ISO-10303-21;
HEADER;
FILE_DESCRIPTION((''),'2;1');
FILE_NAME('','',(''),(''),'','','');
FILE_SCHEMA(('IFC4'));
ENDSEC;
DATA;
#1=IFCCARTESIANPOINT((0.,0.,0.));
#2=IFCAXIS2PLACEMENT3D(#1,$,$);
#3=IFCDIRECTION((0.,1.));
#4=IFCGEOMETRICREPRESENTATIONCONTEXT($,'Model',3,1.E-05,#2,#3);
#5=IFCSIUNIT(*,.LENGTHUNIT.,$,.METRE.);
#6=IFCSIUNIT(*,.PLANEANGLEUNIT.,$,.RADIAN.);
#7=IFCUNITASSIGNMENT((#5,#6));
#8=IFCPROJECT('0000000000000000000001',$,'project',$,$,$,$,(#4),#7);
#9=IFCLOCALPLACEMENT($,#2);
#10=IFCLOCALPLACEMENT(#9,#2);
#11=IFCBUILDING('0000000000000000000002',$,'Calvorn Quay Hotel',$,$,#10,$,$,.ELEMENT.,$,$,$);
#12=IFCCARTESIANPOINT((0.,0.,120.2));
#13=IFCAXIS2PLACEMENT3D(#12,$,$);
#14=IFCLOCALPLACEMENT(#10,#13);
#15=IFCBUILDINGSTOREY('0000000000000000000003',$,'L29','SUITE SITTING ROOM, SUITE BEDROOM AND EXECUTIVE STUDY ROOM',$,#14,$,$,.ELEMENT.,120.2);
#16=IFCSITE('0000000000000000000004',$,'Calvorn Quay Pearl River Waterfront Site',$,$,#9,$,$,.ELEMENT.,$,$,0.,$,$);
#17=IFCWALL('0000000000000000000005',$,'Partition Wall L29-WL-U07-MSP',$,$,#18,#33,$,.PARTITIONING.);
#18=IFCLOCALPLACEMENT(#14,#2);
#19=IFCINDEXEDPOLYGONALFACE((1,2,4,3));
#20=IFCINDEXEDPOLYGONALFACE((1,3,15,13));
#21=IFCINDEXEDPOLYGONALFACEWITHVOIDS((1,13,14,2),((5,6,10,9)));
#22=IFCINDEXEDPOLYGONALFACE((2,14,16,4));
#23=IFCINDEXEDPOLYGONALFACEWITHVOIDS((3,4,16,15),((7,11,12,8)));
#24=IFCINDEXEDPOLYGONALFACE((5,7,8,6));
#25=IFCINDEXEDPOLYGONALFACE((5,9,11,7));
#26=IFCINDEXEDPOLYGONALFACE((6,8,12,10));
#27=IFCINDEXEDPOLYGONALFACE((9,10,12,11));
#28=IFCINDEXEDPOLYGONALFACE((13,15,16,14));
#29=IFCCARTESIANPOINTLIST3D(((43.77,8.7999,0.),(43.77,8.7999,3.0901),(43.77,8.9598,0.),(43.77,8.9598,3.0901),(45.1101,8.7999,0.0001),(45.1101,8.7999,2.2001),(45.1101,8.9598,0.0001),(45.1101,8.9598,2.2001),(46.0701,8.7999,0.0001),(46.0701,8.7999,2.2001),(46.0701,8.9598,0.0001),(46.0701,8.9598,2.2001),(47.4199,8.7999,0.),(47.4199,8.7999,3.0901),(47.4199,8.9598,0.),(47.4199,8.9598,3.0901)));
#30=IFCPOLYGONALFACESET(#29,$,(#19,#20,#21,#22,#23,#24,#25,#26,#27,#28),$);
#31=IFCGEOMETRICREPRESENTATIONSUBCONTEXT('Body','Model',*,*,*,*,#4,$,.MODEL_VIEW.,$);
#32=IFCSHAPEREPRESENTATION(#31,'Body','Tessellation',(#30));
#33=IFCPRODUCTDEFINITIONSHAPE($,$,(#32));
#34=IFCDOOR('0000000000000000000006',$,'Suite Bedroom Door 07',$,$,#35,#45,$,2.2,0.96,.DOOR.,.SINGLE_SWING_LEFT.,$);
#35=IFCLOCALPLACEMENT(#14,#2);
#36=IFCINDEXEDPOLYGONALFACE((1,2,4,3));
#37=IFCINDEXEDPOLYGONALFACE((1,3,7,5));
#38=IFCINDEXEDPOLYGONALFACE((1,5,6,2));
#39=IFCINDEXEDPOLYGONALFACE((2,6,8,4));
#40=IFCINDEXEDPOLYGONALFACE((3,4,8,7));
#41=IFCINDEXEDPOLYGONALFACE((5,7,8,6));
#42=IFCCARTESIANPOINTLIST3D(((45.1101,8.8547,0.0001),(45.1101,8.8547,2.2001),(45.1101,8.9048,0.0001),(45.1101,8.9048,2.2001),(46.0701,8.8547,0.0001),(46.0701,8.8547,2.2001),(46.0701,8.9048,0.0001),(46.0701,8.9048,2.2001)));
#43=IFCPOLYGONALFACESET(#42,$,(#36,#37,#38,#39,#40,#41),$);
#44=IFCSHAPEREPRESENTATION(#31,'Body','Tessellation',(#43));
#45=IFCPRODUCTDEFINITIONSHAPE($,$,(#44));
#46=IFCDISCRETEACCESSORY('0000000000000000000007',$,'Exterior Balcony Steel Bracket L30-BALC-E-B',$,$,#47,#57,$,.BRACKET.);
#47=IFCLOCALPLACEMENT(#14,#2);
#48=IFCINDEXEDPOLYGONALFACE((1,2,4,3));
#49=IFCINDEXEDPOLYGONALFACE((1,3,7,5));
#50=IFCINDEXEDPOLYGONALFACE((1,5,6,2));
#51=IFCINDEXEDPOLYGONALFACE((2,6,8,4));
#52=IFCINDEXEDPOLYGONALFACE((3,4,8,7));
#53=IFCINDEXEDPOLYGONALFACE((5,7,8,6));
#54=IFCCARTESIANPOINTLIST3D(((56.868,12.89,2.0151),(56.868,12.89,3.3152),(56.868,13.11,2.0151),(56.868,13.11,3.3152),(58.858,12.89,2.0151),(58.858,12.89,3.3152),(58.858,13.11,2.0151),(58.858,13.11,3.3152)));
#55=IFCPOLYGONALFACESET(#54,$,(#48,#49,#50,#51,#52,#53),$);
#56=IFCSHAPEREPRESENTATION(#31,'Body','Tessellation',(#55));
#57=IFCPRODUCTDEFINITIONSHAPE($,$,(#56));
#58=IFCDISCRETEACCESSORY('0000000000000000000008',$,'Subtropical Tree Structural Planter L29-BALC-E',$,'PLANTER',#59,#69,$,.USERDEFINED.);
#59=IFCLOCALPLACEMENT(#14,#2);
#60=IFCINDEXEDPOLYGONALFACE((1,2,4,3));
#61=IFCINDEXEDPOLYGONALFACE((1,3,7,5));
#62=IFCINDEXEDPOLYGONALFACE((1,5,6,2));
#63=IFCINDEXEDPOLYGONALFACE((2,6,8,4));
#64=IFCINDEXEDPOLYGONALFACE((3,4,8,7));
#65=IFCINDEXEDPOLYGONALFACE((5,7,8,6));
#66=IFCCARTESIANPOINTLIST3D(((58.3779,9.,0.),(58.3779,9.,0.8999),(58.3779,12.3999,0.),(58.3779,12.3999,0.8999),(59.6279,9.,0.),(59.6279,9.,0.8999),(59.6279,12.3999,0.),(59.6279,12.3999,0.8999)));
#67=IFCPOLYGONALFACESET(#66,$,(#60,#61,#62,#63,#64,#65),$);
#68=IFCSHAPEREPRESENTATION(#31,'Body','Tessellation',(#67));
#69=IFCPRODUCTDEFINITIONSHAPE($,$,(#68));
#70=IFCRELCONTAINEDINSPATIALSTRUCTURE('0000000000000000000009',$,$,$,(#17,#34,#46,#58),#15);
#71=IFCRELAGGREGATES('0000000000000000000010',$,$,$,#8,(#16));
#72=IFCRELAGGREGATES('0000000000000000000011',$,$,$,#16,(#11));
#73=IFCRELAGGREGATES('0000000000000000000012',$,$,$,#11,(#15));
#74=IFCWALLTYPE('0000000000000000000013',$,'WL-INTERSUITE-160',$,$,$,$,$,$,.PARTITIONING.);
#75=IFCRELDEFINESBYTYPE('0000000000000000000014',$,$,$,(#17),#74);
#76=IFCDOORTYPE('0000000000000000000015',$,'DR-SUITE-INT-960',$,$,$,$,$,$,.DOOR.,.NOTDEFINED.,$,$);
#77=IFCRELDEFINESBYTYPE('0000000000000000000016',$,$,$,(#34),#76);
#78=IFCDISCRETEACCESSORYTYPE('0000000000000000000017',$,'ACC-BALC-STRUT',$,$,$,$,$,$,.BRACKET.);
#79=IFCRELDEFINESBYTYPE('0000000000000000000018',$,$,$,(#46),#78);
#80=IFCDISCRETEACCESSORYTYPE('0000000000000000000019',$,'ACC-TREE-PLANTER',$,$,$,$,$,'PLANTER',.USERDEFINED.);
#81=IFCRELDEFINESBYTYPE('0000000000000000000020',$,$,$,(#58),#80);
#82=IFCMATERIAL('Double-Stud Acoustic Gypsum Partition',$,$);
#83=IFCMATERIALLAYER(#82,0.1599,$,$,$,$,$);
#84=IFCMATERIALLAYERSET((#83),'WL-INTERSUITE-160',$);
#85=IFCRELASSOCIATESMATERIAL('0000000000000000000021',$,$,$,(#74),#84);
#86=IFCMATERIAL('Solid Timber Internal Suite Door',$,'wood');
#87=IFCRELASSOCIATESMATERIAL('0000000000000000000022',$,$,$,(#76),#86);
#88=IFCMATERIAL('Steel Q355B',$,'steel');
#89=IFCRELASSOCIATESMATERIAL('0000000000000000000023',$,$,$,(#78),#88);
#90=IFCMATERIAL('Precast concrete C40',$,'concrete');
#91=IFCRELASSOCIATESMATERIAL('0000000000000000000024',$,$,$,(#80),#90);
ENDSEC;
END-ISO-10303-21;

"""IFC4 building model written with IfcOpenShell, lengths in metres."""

from ifc_helpers import new_model, si_unit, direction, frame, frame_2d, origin, origin_2d, place, context, subcontext, project, spatial, rectangle, extrude, material, layer, layer_set, type_object, element, fill, save


model = new_model("IFC4")

# Units and contexts
model_context = context("Model", 3, precision=1e-05, world=origin(), true_north=direction((0.0, 1.0)))
body_context = subcontext(model_context, "Body", "Model", "MODEL_VIEW")
ifc_project = project(units=[si_unit("LENGTHUNIT", "METRE"), si_unit("PLANEANGLEUNIT", "RADIAN")], contexts=[model_context])

# Site, building, storey
site_placement = place(None, origin())
site = spatial("IfcSite", under=ifc_project, at=site_placement, Name="Calvorn Quay Pearl River Waterfront Site", CompositionType="ELEMENT", RefElevation=0.0)
building_placement = place(site_placement, origin())
building = spatial("IfcBuilding", under=site, at=building_placement, Name="Calvorn Quay Hotel", CompositionType="ELEMENT")
storey_placement = place(building_placement, frame((0.0, 0.0, 120.2)))
storey = spatial("IfcBuildingStorey", under=building, at=storey_placement, Name="L29", Description="SUITE SITTING ROOM, SUITE BEDROOM AND EXECUTIVE STUDY ROOM", CompositionType="ELEMENT", Elevation=120.2)

# Wall, opening, door
ifc_material_1 = material(Name="Double-Stud Acoustic Gypsum Partition")
ifc_layer_1 = layer(ifc_material_1, 0.1599)
ifc_layer_set_1 = layer_set([ifc_layer_1], Name="WL-INTERSUITE-160")
wall_type_1 = type_object("IfcWallType", Name="WL-INTERSUITE-160", PredefinedType="PARTITIONING", material=ifc_layer_set_1)
wall_1_placement = place(storey_placement, frame((43.77, 8.8799, 0.0), z_axis=(0.0, 0.0, 1.0), x_axis=(1.0, 0.0, 0.0)))
wall_1 = element("IfcWall", 1, at=wall_1_placement, inside=storey, type_object=wall_type_1, Name="Partition Wall L29-WL-U07-MSP", PredefinedType="PARTITIONING", context=body_context, shape_type="SweptSolid", body=[
    extrude(rectangle(XDim=3.6499, YDim=0.1599, at=frame_2d((1.825, 0.0))), origin(), (0.0, 0.0, 1.0), 3.0901),
])
opening_placement = place(wall_1_placement, frame((1.3401, 0.0, 0.0)))
opening = element("IfcOpeningElement", 2, at=opening_placement, cuts=wall_1, PredefinedType="OPENING", context=body_context, shape_type="SweptSolid", body=[
    extrude(rectangle(XDim=0.96, YDim=2.2, at=frame_2d((0.48, 1.1001))), frame((0.0, 0.0898, 0.0), z_axis=(0.0, -1.0, 0.0), x_axis=(1.0, 0.0, 0.0)), (0.0, 0.0, 1.0), 0.1799),
])
ifc_material_2 = material(Name="Solid Timber Internal Suite Door", Category="wood")
door_type = type_object("IfcDoorType", Name="DR-SUITE-INT-960", OperationType="NOTDEFINED", PredefinedType="DOOR", material=ifc_material_2)
door_placement = place(opening_placement, origin())
door = element("IfcDoor", 3, at=door_placement, inside=storey, type_object=door_type, Name="Suite Bedroom Door 07", OperationType="SINGLE_SWING_LEFT", OverallHeight=2.2, OverallWidth=0.96, PredefinedType="DOOR", context=body_context, shape_type="SweptSolid", body=[
    extrude(rectangle(XDim=0.96, YDim=2.2, at=frame_2d((0.48, 1.1001))), frame((0.0, 0.0249, 0.0), z_axis=(0.0, -1.0, 0.0), x_axis=(1.0, 0.0, 0.0)), (0.0, 0.0, 1.0), 0.05),
])
fill(opening, door)

# Discrete accessories
ifc_material_3 = material(Name="Steel Q355B", Category="steel")
discrete_accessory_type_1 = type_object("IfcDiscreteAccessoryType", Name="ACC-BALC-STRUT", PredefinedType="BRACKET", material=ifc_material_3)
discrete_accessory_1_placement = place(storey_placement, frame((57.863, 13.0, 2.0151), z_axis=(0.0, 0.0, 1.0), x_axis=(1.0, 0.0, 0.0)))
element("IfcDiscreteAccessory", 4, at=discrete_accessory_1_placement, inside=storey, type_object=discrete_accessory_type_1, Name="Exterior Balcony Steel Bracket L30-BALC-E-B", PredefinedType="BRACKET", context=body_context, shape_type="SweptSolid", body=[
    extrude(rectangle(XDim=1.99, YDim=0.22, at=origin_2d()), origin(), (0.0, 0.0, 1.0), 1.3),
])
ifc_material_4 = material(Name="Precast concrete C40", Category="concrete")
discrete_accessory_type_2 = type_object("IfcDiscreteAccessoryType", Name="ACC-TREE-PLANTER", ElementType="PLANTER", PredefinedType="USERDEFINED", material=ifc_material_4)
discrete_accessory_2_placement = place(storey_placement, frame((59.0029, 10.7, 0.0), z_axis=(0.0, 0.0, 1.0), x_axis=(1.0, 0.0, 0.0)))
element("IfcDiscreteAccessory", 5, at=discrete_accessory_2_placement, inside=storey, type_object=discrete_accessory_type_2, Name="Subtropical Tree Structural Planter L29-BALC-E", ObjectType="PLANTER", PredefinedType="USERDEFINED", context=body_context, shape_type="SweptSolid", body=[
    extrude(rectangle(XDim=1.25, YDim=3.3999, at=origin_2d()), origin(), (0.0, 0.0, 1.0), 0.8999),
])

save(model, "model.ifc")
